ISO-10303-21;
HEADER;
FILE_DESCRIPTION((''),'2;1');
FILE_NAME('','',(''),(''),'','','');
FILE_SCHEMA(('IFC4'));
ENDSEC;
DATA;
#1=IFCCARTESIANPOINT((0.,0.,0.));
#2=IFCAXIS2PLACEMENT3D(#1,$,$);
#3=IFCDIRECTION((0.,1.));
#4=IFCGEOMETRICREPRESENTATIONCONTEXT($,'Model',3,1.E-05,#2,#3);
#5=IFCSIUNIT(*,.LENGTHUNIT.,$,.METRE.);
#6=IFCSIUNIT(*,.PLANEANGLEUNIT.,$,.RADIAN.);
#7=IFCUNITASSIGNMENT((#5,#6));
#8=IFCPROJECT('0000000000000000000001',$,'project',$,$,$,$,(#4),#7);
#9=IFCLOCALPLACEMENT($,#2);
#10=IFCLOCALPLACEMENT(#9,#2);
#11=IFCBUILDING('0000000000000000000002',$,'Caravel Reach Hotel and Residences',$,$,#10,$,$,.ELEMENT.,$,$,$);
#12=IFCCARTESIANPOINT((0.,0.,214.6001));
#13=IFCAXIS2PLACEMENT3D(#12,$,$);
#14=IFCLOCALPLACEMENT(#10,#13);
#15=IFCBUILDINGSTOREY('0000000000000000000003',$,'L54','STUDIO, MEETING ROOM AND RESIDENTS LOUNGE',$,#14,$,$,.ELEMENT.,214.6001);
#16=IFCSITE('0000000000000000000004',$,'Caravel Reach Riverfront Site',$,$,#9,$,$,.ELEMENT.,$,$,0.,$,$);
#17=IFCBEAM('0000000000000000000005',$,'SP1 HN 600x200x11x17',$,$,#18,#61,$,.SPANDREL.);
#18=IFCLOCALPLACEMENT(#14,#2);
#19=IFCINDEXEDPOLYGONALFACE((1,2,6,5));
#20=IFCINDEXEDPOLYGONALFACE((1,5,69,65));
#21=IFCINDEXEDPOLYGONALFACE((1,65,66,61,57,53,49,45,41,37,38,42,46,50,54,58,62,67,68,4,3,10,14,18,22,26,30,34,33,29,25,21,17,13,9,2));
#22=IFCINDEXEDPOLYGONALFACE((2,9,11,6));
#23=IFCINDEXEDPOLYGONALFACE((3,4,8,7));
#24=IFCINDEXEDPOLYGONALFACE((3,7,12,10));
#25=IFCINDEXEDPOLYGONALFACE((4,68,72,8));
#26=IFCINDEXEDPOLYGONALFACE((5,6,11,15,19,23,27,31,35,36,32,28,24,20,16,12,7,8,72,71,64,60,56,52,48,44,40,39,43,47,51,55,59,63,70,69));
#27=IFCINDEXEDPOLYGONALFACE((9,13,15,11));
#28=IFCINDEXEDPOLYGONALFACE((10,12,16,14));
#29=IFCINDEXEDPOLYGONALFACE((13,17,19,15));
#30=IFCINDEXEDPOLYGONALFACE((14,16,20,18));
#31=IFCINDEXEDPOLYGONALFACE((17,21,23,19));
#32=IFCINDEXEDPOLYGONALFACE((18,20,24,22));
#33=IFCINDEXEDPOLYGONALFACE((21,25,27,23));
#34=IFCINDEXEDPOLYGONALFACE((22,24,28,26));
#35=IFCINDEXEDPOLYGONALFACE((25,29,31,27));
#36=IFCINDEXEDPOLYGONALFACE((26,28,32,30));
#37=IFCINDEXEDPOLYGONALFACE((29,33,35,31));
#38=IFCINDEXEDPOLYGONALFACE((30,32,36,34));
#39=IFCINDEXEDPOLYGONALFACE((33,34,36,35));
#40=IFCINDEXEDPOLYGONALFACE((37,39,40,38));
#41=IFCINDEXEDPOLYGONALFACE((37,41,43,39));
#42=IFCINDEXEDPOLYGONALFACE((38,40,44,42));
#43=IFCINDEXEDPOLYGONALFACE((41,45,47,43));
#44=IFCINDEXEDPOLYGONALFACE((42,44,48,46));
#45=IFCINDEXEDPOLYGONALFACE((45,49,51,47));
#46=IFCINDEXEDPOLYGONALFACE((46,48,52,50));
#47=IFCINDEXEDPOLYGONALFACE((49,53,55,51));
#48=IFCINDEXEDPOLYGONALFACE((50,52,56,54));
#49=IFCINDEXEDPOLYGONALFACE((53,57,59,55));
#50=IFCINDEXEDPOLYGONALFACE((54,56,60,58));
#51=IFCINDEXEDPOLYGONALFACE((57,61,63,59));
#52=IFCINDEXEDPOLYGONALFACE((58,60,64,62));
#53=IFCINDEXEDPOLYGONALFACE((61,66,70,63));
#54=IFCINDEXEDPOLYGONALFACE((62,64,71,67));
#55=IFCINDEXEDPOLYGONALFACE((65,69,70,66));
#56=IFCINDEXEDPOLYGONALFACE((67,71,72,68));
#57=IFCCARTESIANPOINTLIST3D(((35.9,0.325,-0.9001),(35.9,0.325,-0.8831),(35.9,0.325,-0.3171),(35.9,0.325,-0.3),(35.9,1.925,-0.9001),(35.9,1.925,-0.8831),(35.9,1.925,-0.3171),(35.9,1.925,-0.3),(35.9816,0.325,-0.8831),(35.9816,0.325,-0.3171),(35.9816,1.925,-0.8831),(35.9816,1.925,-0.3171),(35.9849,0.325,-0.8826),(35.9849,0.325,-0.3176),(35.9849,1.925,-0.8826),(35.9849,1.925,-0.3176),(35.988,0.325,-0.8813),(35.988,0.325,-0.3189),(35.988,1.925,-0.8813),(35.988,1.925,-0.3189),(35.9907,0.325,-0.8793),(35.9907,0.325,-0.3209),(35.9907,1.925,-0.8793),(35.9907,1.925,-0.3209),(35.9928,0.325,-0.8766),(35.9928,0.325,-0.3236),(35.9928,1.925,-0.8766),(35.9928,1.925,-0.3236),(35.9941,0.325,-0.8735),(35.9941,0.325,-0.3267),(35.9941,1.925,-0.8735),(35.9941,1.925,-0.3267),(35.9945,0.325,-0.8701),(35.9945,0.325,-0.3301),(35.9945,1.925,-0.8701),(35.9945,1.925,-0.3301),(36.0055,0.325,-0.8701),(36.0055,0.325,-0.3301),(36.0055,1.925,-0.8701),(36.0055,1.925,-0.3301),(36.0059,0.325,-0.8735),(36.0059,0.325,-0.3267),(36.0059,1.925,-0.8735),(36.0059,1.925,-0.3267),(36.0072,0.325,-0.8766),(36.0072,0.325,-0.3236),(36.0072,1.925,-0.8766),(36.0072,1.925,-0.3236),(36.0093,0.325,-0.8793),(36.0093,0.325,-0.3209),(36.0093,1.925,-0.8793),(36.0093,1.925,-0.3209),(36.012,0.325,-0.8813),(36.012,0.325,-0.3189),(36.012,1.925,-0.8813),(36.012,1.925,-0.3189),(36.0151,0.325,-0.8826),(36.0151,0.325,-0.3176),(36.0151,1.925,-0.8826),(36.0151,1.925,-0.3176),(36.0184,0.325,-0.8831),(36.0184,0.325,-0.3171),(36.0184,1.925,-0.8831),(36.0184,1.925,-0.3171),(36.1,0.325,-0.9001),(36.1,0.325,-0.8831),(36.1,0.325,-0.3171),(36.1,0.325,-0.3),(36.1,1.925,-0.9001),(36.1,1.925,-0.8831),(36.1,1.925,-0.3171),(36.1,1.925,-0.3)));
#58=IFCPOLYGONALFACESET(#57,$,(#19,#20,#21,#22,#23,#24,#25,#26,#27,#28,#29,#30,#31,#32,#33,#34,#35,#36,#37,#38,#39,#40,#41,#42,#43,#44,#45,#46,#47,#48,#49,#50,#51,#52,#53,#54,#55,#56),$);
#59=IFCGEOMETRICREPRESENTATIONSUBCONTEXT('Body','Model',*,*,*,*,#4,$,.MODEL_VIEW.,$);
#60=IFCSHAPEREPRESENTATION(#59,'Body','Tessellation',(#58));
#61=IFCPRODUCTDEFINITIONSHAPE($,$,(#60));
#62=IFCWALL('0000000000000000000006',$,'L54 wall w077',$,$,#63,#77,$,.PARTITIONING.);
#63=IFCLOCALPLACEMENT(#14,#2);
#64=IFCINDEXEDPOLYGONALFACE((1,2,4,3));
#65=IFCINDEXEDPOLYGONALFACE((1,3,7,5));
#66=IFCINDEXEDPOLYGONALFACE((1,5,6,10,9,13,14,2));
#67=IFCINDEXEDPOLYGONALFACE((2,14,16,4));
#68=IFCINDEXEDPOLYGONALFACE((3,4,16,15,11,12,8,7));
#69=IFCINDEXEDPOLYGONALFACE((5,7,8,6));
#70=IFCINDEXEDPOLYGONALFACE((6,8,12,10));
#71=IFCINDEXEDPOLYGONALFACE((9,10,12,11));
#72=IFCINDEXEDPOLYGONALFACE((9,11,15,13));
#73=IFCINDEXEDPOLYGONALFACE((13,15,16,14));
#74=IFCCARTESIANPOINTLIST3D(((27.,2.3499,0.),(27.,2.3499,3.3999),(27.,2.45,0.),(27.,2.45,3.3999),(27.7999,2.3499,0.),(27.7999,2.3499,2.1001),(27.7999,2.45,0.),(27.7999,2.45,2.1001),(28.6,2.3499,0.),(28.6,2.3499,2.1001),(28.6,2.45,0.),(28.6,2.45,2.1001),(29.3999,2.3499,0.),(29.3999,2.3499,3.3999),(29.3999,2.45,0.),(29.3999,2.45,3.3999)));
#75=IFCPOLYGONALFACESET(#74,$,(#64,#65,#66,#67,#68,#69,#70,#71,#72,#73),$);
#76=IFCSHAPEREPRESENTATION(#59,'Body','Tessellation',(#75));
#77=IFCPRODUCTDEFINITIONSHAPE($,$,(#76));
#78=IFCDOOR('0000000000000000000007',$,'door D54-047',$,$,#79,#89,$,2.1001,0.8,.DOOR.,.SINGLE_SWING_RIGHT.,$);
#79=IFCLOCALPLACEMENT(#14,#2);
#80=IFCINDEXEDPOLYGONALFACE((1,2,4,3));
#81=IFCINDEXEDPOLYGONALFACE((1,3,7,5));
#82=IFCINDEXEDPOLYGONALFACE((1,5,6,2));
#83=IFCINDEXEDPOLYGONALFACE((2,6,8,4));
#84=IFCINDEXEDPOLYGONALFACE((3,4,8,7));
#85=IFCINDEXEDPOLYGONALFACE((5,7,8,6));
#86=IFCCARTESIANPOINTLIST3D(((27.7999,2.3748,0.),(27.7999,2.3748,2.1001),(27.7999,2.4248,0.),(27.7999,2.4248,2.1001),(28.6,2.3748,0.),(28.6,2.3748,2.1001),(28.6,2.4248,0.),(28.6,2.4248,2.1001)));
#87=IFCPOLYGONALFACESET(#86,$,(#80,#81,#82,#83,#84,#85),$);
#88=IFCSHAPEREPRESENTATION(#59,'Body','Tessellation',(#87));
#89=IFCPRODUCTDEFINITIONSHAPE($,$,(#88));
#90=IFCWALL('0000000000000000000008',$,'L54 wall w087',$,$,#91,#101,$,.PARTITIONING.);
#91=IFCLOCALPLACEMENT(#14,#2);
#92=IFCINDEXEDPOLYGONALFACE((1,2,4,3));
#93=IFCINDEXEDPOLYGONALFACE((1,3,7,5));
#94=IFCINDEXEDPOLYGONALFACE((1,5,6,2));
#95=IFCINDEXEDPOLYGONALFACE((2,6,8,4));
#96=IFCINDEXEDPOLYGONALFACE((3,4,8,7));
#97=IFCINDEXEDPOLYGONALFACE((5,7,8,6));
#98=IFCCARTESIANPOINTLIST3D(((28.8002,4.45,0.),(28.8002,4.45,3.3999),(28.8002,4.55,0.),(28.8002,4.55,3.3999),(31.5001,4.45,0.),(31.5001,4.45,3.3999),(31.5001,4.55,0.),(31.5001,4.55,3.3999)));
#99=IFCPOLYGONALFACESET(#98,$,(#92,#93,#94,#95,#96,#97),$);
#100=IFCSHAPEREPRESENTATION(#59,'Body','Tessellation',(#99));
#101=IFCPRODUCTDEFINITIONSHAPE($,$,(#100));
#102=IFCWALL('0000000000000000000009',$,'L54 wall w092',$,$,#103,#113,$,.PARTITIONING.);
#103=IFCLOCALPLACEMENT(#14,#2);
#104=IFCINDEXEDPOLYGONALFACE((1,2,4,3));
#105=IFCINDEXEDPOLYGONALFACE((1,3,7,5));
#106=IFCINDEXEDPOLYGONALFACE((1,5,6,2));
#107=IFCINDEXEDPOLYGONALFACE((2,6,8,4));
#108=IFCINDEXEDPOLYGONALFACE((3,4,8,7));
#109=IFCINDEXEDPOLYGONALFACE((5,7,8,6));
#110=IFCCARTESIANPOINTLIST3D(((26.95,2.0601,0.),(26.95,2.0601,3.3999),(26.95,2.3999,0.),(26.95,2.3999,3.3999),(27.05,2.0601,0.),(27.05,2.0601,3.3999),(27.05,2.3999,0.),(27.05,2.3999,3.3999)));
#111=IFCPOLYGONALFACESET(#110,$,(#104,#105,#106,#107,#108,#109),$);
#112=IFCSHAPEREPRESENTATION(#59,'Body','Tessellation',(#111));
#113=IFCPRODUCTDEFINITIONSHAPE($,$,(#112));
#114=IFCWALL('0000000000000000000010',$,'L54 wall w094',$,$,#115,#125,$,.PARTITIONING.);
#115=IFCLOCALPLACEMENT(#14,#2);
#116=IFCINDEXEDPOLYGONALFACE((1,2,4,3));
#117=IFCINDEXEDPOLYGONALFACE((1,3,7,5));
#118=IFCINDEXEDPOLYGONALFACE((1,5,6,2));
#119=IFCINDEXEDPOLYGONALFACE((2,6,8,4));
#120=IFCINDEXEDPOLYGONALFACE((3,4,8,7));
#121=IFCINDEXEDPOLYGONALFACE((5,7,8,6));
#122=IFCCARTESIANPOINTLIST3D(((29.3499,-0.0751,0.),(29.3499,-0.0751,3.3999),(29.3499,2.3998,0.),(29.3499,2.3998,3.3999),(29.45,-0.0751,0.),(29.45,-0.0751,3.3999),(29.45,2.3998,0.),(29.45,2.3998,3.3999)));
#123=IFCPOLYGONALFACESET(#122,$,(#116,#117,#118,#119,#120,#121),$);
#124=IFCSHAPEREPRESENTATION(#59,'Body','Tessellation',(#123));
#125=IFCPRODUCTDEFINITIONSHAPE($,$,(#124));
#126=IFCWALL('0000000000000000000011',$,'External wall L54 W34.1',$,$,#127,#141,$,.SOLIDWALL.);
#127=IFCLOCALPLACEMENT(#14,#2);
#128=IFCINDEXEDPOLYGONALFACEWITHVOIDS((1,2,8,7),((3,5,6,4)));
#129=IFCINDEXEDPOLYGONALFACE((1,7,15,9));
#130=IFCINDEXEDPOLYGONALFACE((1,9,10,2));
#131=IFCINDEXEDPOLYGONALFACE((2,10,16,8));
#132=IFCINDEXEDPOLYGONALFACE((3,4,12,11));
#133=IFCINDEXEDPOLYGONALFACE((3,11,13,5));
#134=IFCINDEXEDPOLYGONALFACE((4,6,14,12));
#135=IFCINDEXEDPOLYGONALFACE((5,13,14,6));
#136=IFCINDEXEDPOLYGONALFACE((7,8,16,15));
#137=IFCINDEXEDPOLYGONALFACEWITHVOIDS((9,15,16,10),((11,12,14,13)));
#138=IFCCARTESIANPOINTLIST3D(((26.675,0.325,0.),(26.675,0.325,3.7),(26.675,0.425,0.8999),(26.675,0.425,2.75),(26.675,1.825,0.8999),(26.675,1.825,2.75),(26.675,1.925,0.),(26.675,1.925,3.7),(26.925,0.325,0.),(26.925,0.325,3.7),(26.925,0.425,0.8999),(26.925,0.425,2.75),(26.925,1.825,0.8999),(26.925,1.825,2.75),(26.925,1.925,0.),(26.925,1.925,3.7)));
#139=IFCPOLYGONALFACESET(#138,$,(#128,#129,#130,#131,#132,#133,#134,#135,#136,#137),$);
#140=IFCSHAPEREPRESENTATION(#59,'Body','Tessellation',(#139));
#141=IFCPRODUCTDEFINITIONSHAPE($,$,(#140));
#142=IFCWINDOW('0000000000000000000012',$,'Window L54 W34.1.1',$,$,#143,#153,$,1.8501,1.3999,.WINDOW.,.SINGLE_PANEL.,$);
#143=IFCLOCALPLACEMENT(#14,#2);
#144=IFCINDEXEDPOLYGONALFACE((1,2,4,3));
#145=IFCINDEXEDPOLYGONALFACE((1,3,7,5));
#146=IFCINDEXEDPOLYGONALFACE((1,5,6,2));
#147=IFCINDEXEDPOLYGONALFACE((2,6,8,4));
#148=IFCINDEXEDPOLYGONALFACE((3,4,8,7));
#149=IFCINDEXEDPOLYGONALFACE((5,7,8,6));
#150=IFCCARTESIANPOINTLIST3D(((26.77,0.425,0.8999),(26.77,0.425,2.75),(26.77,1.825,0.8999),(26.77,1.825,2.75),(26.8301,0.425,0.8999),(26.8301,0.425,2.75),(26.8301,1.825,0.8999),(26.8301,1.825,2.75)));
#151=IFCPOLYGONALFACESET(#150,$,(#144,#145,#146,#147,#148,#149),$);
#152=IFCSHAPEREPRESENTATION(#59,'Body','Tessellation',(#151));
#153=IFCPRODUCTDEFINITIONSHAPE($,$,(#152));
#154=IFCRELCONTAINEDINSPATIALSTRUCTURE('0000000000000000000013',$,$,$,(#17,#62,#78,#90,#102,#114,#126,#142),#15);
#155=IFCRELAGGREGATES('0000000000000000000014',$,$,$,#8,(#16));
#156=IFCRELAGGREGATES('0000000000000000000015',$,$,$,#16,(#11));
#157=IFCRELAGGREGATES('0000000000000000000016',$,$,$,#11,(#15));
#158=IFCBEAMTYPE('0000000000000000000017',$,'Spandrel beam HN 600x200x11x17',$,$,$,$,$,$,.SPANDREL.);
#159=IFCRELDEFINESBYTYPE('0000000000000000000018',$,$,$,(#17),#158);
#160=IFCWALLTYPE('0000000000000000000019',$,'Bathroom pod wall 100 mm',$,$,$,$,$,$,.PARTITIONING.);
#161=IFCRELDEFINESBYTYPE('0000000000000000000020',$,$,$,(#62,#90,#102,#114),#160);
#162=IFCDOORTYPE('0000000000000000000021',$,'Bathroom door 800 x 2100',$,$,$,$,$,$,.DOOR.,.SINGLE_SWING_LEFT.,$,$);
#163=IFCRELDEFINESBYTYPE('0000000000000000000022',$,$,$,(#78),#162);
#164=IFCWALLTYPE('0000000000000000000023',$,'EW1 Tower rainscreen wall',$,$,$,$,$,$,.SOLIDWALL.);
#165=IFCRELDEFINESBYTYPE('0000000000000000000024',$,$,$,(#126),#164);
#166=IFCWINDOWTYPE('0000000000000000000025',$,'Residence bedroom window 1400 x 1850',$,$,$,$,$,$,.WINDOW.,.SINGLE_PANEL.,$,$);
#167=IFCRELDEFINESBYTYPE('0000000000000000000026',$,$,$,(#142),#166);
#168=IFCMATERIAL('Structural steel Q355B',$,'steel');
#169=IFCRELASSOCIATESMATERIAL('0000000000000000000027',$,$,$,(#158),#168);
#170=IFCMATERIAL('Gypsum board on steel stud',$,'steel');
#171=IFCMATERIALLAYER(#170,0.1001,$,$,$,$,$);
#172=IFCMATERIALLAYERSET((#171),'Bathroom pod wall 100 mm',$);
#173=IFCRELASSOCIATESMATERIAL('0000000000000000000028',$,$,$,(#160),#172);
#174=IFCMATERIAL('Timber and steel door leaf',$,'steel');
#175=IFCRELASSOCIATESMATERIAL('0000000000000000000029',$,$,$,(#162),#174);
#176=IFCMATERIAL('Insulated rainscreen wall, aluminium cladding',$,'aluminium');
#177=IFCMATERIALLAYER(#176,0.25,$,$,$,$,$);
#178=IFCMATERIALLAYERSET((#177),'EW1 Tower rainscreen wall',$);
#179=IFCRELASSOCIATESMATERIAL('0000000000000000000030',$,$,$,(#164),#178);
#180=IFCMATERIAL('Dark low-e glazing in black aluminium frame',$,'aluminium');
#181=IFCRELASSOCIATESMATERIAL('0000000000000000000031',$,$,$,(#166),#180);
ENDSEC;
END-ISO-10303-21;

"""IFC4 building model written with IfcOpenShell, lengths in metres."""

from ifc_helpers import new_model, si_unit, direction, frame, frame_2d, origin, origin_2d, place, context, subcontext, project, spatial, rectangle, i_section, extrude, material, layer, layer_set, material_profile, profile_set, type_object, element, fill, save


model = new_model("IFC4")

# Units and contexts
model_context = context("Model", 3, precision=1e-05, world=origin(), true_north=direction((0.0, 1.0)))
body_context = subcontext(model_context, "Body", "Model", "MODEL_VIEW")
ifc_project = project(units=[si_unit("LENGTHUNIT", "METRE"), si_unit("PLANEANGLEUNIT", "RADIAN")], contexts=[model_context])

# Site, building, storey
site_placement = place(None, origin())
site = spatial("IfcSite", under=ifc_project, at=site_placement, Name="Caravel Reach Riverfront Site", CompositionType="ELEMENT", RefElevation=0.0)
building_placement = place(site_placement, origin())
building = spatial("IfcBuilding", under=site, at=building_placement, Name="Caravel Reach Hotel and Residences", CompositionType="ELEMENT")
storey_placement = place(building_placement, frame((0.0, 0.0, 214.6001)))
storey = spatial("IfcBuildingStorey", under=building, at=storey_placement, Name="L54", Description="STUDIO, MEETING ROOM AND RESIDENTS LOUNGE", CompositionType="ELEMENT", Elevation=214.6001)

# Beam
ifc_material_1 = material(Name="Structural steel Q355B", Category="steel")
ifc_material_profile_1 = material_profile(ifc_material_1, i_section(OverallWidth=0.2, OverallDepth=0.6001, WebThickness=0.011, FlangeThickness=0.0171, FilletRadius=0.0129, at=origin_2d()), Name="HN 600x200x11x17")
ifc_profile_set_1 = profile_set([ifc_material_profile_1], Name="Structural steel Q355B")
beam_type = type_object("IfcBeamType", Name="Spandrel beam HN 600x200x11x17", PredefinedType="SPANDREL", material=ifc_profile_set_1)
beam_1_placement = place(storey_placement, frame((36.0, 0.325, -0.6001), z_axis=(0.0, 1.0, 0.0), x_axis=(-1.0, 0.0, 0.0)))
element("IfcBeam", 1, at=beam_1_placement, inside=storey, type_object=beam_type, Name="SP1 HN 600x200x11x17", PredefinedType="SPANDREL", context=body_context, shape_type="SweptSolid", body=[
    extrude(i_section(OverallWidth=0.2, OverallDepth=0.6001, WebThickness=0.011, FlangeThickness=0.0171, FilletRadius=0.0129, at=origin_2d()), origin(), (0.0, 0.0, 1.0), 1.6001),
])

# Wall, opening, door
ifc_material_2 = material(Name="Gypsum board on steel stud", Category="steel")
ifc_layer_1 = layer(ifc_material_2, 0.1001)
ifc_layer_set_1 = layer_set([ifc_layer_1], Name="Bathroom pod wall 100 mm")
wall_type_1 = type_object("IfcWallType", Name="Bathroom pod wall 100 mm", PredefinedType="PARTITIONING", material=ifc_layer_set_1)
wall_1_placement = place(storey_placement, frame((27.0, 2.3999, 0.0), z_axis=(0.0, 0.0, 1.0), x_axis=(1.0, 0.0, 0.0)))
wall_1 = element("IfcWall", 2, at=wall_1_placement, inside=storey, type_object=wall_type_1, Name="L54 wall w077", PredefinedType="PARTITIONING", context=body_context, shape_type="SweptSolid", body=[
    extrude(rectangle(XDim=2.3999, YDim=0.1001, at=frame_2d((1.2, 0.0))), origin(), (0.0, 0.0, 1.0), 3.3999),
])
opening_1_placement = place(wall_1_placement, frame((0.8, 0.0, 0.0)))
opening_1 = element("IfcOpeningElement", 3, at=opening_1_placement, cuts=wall_1, PredefinedType="OPENING", context=body_context, shape_type="SweptSolid", body=[
    extrude(rectangle(XDim=0.8, YDim=2.1001, at=frame_2d((0.3999, 1.05))), frame((0.0, 0.0601, 0.0), z_axis=(0.0, -1.0, 0.0), x_axis=(1.0, 0.0, 0.0)), (0.0, 0.0, 1.0), 0.1201),
])
ifc_material_3 = material(Name="Timber and steel door leaf", Category="steel")
door_type_1 = type_object("IfcDoorType", Name="Bathroom door 800 x 2100", OperationType="SINGLE_SWING_LEFT", PredefinedType="DOOR", material=ifc_material_3)
door_1_placement = place(opening_1_placement, origin())
door_1 = element("IfcDoor", 4, at=door_1_placement, inside=storey, type_object=door_type_1, Name="door D54-047", OperationType="SINGLE_SWING_RIGHT", OverallHeight=2.1001, OverallWidth=0.8, PredefinedType="DOOR", context=body_context, shape_type="SweptSolid", body=[
    extrude(rectangle(XDim=0.8, YDim=2.1001, at=frame_2d((0.3999, 1.05))), frame((0.0, 0.0249, 0.0), z_axis=(0.0, -1.0, 0.0), x_axis=(1.0, 0.0, 0.0)), (0.0, 0.0, 1.0), 0.05),
])
fill(opening_1, door_1)

# Walls
wall_2_placement = place(storey_placement, frame((28.8, 4.5, 0.0), z_axis=(0.0, 0.0, 1.0), x_axis=(1.0, 0.0, 0.0)))
element("IfcWall", 5, at=wall_2_placement, inside=storey, type_object=wall_type_1, Name="L54 wall w087", PredefinedType="PARTITIONING", context=body_context, shape_type="SweptSolid", body=[
    extrude(rectangle(XDim=2.7, YDim=0.1001, at=frame_2d((1.3501, 0.0))), origin(), (0.0, 0.0, 1.0), 3.3999),
])
wall_3_placement = place(storey_placement, frame((27.0, 2.0601, 0.0), z_axis=(0.0, 0.0, 1.0), x_axis=(0.0, 1.0, 0.0)))
element("IfcWall", 6, at=wall_3_placement, inside=storey, type_object=wall_type_1, Name="L54 wall w092", PredefinedType="PARTITIONING", context=body_context, shape_type="SweptSolid", body=[
    extrude(rectangle(XDim=0.3398, YDim=0.1001, at=frame_2d((0.1699, 0.0))), origin(), (0.0, 0.0, 1.0), 3.3999),
])
wall_4_placement = place(storey_placement, frame((29.3999, -0.075, 0.0), z_axis=(0.0, 0.0, 1.0), x_axis=(0.0, 1.0, 0.0)))
element("IfcWall", 7, at=wall_4_placement, inside=storey, type_object=wall_type_1, Name="L54 wall w094", PredefinedType="PARTITIONING", context=body_context, shape_type="SweptSolid", body=[
    extrude(rectangle(XDim=2.4749, YDim=0.1001, at=frame_2d((1.2373, 0.0))), origin(), (0.0, 0.0, 1.0), 3.3999),
])

# Wall, opening, window
ifc_material_4 = material(Name="Insulated rainscreen wall, aluminium cladding", Category="aluminium")
ifc_layer_2 = layer(ifc_material_4, 0.25)
ifc_layer_set_2 = layer_set([ifc_layer_2], Name="EW1 Tower rainscreen wall")
wall_type_2 = type_object("IfcWallType", Name="EW1 Tower rainscreen wall", PredefinedType="SOLIDWALL", material=ifc_layer_set_2)
wall_5_placement = place(storey_placement, frame((26.8, 1.925, 0.0), z_axis=(0.0, 0.0, 1.0), x_axis=(0.0, -1.0, 0.0)))
wall_5 = element("IfcWall", 8, at=wall_5_placement, inside=storey, type_object=wall_type_2, Name="External wall L54 W34.1", PredefinedType="SOLIDWALL", context=body_context, shape_type="SweptSolid", body=[
    extrude(rectangle(XDim=1.6001, YDim=0.25, at=frame_2d((0.8, 0.0))), origin(), (0.0, 0.0, 1.0), 3.7),
])
opening_2_placement = place(wall_5_placement, frame((0.1001, 0.0, 0.8999)))
opening_2 = element("IfcOpeningElement", 9, at=opening_2_placement, cuts=wall_5, PredefinedType="OPENING", context=body_context, shape_type="SweptSolid", body=[
    extrude(rectangle(XDim=1.3999, YDim=1.8501, at=frame_2d((0.7, 0.925))), frame((0.0, 0.135, 0.0), z_axis=(0.0, -1.0, 0.0), x_axis=(1.0, 0.0, 0.0)), (0.0, 0.0, 1.0), 0.27),
])
ifc_material_5 = material(Name="Dark low-e glazing in black aluminium frame", Category="aluminium")
window_type_1 = type_object("IfcWindowType", Name="Residence bedroom window 1400 x 1850", PartitioningType="SINGLE_PANEL", PredefinedType="WINDOW", material=ifc_material_5)
window_1_placement = place(opening_2_placement, origin())
window_1 = element("IfcWindow", 10, at=window_1_placement, inside=storey, type_object=window_type_1, Name="Window L54 W34.1.1", OverallHeight=1.8501, OverallWidth=1.3999, PartitioningType="SINGLE_PANEL", PredefinedType="WINDOW", context=body_context, shape_type="SweptSolid", body=[
    extrude(rectangle(XDim=1.3999, YDim=1.8501, at=frame_2d((0.7, 0.925))), frame((0.0, 0.03, 0.0), z_axis=(0.0, -1.0, 0.0), x_axis=(1.0, 0.0, 0.0)), (0.0, 0.0, 1.0), 0.0601),
])
fill(opening_2, window_1)

save(model, "model.ifc")
